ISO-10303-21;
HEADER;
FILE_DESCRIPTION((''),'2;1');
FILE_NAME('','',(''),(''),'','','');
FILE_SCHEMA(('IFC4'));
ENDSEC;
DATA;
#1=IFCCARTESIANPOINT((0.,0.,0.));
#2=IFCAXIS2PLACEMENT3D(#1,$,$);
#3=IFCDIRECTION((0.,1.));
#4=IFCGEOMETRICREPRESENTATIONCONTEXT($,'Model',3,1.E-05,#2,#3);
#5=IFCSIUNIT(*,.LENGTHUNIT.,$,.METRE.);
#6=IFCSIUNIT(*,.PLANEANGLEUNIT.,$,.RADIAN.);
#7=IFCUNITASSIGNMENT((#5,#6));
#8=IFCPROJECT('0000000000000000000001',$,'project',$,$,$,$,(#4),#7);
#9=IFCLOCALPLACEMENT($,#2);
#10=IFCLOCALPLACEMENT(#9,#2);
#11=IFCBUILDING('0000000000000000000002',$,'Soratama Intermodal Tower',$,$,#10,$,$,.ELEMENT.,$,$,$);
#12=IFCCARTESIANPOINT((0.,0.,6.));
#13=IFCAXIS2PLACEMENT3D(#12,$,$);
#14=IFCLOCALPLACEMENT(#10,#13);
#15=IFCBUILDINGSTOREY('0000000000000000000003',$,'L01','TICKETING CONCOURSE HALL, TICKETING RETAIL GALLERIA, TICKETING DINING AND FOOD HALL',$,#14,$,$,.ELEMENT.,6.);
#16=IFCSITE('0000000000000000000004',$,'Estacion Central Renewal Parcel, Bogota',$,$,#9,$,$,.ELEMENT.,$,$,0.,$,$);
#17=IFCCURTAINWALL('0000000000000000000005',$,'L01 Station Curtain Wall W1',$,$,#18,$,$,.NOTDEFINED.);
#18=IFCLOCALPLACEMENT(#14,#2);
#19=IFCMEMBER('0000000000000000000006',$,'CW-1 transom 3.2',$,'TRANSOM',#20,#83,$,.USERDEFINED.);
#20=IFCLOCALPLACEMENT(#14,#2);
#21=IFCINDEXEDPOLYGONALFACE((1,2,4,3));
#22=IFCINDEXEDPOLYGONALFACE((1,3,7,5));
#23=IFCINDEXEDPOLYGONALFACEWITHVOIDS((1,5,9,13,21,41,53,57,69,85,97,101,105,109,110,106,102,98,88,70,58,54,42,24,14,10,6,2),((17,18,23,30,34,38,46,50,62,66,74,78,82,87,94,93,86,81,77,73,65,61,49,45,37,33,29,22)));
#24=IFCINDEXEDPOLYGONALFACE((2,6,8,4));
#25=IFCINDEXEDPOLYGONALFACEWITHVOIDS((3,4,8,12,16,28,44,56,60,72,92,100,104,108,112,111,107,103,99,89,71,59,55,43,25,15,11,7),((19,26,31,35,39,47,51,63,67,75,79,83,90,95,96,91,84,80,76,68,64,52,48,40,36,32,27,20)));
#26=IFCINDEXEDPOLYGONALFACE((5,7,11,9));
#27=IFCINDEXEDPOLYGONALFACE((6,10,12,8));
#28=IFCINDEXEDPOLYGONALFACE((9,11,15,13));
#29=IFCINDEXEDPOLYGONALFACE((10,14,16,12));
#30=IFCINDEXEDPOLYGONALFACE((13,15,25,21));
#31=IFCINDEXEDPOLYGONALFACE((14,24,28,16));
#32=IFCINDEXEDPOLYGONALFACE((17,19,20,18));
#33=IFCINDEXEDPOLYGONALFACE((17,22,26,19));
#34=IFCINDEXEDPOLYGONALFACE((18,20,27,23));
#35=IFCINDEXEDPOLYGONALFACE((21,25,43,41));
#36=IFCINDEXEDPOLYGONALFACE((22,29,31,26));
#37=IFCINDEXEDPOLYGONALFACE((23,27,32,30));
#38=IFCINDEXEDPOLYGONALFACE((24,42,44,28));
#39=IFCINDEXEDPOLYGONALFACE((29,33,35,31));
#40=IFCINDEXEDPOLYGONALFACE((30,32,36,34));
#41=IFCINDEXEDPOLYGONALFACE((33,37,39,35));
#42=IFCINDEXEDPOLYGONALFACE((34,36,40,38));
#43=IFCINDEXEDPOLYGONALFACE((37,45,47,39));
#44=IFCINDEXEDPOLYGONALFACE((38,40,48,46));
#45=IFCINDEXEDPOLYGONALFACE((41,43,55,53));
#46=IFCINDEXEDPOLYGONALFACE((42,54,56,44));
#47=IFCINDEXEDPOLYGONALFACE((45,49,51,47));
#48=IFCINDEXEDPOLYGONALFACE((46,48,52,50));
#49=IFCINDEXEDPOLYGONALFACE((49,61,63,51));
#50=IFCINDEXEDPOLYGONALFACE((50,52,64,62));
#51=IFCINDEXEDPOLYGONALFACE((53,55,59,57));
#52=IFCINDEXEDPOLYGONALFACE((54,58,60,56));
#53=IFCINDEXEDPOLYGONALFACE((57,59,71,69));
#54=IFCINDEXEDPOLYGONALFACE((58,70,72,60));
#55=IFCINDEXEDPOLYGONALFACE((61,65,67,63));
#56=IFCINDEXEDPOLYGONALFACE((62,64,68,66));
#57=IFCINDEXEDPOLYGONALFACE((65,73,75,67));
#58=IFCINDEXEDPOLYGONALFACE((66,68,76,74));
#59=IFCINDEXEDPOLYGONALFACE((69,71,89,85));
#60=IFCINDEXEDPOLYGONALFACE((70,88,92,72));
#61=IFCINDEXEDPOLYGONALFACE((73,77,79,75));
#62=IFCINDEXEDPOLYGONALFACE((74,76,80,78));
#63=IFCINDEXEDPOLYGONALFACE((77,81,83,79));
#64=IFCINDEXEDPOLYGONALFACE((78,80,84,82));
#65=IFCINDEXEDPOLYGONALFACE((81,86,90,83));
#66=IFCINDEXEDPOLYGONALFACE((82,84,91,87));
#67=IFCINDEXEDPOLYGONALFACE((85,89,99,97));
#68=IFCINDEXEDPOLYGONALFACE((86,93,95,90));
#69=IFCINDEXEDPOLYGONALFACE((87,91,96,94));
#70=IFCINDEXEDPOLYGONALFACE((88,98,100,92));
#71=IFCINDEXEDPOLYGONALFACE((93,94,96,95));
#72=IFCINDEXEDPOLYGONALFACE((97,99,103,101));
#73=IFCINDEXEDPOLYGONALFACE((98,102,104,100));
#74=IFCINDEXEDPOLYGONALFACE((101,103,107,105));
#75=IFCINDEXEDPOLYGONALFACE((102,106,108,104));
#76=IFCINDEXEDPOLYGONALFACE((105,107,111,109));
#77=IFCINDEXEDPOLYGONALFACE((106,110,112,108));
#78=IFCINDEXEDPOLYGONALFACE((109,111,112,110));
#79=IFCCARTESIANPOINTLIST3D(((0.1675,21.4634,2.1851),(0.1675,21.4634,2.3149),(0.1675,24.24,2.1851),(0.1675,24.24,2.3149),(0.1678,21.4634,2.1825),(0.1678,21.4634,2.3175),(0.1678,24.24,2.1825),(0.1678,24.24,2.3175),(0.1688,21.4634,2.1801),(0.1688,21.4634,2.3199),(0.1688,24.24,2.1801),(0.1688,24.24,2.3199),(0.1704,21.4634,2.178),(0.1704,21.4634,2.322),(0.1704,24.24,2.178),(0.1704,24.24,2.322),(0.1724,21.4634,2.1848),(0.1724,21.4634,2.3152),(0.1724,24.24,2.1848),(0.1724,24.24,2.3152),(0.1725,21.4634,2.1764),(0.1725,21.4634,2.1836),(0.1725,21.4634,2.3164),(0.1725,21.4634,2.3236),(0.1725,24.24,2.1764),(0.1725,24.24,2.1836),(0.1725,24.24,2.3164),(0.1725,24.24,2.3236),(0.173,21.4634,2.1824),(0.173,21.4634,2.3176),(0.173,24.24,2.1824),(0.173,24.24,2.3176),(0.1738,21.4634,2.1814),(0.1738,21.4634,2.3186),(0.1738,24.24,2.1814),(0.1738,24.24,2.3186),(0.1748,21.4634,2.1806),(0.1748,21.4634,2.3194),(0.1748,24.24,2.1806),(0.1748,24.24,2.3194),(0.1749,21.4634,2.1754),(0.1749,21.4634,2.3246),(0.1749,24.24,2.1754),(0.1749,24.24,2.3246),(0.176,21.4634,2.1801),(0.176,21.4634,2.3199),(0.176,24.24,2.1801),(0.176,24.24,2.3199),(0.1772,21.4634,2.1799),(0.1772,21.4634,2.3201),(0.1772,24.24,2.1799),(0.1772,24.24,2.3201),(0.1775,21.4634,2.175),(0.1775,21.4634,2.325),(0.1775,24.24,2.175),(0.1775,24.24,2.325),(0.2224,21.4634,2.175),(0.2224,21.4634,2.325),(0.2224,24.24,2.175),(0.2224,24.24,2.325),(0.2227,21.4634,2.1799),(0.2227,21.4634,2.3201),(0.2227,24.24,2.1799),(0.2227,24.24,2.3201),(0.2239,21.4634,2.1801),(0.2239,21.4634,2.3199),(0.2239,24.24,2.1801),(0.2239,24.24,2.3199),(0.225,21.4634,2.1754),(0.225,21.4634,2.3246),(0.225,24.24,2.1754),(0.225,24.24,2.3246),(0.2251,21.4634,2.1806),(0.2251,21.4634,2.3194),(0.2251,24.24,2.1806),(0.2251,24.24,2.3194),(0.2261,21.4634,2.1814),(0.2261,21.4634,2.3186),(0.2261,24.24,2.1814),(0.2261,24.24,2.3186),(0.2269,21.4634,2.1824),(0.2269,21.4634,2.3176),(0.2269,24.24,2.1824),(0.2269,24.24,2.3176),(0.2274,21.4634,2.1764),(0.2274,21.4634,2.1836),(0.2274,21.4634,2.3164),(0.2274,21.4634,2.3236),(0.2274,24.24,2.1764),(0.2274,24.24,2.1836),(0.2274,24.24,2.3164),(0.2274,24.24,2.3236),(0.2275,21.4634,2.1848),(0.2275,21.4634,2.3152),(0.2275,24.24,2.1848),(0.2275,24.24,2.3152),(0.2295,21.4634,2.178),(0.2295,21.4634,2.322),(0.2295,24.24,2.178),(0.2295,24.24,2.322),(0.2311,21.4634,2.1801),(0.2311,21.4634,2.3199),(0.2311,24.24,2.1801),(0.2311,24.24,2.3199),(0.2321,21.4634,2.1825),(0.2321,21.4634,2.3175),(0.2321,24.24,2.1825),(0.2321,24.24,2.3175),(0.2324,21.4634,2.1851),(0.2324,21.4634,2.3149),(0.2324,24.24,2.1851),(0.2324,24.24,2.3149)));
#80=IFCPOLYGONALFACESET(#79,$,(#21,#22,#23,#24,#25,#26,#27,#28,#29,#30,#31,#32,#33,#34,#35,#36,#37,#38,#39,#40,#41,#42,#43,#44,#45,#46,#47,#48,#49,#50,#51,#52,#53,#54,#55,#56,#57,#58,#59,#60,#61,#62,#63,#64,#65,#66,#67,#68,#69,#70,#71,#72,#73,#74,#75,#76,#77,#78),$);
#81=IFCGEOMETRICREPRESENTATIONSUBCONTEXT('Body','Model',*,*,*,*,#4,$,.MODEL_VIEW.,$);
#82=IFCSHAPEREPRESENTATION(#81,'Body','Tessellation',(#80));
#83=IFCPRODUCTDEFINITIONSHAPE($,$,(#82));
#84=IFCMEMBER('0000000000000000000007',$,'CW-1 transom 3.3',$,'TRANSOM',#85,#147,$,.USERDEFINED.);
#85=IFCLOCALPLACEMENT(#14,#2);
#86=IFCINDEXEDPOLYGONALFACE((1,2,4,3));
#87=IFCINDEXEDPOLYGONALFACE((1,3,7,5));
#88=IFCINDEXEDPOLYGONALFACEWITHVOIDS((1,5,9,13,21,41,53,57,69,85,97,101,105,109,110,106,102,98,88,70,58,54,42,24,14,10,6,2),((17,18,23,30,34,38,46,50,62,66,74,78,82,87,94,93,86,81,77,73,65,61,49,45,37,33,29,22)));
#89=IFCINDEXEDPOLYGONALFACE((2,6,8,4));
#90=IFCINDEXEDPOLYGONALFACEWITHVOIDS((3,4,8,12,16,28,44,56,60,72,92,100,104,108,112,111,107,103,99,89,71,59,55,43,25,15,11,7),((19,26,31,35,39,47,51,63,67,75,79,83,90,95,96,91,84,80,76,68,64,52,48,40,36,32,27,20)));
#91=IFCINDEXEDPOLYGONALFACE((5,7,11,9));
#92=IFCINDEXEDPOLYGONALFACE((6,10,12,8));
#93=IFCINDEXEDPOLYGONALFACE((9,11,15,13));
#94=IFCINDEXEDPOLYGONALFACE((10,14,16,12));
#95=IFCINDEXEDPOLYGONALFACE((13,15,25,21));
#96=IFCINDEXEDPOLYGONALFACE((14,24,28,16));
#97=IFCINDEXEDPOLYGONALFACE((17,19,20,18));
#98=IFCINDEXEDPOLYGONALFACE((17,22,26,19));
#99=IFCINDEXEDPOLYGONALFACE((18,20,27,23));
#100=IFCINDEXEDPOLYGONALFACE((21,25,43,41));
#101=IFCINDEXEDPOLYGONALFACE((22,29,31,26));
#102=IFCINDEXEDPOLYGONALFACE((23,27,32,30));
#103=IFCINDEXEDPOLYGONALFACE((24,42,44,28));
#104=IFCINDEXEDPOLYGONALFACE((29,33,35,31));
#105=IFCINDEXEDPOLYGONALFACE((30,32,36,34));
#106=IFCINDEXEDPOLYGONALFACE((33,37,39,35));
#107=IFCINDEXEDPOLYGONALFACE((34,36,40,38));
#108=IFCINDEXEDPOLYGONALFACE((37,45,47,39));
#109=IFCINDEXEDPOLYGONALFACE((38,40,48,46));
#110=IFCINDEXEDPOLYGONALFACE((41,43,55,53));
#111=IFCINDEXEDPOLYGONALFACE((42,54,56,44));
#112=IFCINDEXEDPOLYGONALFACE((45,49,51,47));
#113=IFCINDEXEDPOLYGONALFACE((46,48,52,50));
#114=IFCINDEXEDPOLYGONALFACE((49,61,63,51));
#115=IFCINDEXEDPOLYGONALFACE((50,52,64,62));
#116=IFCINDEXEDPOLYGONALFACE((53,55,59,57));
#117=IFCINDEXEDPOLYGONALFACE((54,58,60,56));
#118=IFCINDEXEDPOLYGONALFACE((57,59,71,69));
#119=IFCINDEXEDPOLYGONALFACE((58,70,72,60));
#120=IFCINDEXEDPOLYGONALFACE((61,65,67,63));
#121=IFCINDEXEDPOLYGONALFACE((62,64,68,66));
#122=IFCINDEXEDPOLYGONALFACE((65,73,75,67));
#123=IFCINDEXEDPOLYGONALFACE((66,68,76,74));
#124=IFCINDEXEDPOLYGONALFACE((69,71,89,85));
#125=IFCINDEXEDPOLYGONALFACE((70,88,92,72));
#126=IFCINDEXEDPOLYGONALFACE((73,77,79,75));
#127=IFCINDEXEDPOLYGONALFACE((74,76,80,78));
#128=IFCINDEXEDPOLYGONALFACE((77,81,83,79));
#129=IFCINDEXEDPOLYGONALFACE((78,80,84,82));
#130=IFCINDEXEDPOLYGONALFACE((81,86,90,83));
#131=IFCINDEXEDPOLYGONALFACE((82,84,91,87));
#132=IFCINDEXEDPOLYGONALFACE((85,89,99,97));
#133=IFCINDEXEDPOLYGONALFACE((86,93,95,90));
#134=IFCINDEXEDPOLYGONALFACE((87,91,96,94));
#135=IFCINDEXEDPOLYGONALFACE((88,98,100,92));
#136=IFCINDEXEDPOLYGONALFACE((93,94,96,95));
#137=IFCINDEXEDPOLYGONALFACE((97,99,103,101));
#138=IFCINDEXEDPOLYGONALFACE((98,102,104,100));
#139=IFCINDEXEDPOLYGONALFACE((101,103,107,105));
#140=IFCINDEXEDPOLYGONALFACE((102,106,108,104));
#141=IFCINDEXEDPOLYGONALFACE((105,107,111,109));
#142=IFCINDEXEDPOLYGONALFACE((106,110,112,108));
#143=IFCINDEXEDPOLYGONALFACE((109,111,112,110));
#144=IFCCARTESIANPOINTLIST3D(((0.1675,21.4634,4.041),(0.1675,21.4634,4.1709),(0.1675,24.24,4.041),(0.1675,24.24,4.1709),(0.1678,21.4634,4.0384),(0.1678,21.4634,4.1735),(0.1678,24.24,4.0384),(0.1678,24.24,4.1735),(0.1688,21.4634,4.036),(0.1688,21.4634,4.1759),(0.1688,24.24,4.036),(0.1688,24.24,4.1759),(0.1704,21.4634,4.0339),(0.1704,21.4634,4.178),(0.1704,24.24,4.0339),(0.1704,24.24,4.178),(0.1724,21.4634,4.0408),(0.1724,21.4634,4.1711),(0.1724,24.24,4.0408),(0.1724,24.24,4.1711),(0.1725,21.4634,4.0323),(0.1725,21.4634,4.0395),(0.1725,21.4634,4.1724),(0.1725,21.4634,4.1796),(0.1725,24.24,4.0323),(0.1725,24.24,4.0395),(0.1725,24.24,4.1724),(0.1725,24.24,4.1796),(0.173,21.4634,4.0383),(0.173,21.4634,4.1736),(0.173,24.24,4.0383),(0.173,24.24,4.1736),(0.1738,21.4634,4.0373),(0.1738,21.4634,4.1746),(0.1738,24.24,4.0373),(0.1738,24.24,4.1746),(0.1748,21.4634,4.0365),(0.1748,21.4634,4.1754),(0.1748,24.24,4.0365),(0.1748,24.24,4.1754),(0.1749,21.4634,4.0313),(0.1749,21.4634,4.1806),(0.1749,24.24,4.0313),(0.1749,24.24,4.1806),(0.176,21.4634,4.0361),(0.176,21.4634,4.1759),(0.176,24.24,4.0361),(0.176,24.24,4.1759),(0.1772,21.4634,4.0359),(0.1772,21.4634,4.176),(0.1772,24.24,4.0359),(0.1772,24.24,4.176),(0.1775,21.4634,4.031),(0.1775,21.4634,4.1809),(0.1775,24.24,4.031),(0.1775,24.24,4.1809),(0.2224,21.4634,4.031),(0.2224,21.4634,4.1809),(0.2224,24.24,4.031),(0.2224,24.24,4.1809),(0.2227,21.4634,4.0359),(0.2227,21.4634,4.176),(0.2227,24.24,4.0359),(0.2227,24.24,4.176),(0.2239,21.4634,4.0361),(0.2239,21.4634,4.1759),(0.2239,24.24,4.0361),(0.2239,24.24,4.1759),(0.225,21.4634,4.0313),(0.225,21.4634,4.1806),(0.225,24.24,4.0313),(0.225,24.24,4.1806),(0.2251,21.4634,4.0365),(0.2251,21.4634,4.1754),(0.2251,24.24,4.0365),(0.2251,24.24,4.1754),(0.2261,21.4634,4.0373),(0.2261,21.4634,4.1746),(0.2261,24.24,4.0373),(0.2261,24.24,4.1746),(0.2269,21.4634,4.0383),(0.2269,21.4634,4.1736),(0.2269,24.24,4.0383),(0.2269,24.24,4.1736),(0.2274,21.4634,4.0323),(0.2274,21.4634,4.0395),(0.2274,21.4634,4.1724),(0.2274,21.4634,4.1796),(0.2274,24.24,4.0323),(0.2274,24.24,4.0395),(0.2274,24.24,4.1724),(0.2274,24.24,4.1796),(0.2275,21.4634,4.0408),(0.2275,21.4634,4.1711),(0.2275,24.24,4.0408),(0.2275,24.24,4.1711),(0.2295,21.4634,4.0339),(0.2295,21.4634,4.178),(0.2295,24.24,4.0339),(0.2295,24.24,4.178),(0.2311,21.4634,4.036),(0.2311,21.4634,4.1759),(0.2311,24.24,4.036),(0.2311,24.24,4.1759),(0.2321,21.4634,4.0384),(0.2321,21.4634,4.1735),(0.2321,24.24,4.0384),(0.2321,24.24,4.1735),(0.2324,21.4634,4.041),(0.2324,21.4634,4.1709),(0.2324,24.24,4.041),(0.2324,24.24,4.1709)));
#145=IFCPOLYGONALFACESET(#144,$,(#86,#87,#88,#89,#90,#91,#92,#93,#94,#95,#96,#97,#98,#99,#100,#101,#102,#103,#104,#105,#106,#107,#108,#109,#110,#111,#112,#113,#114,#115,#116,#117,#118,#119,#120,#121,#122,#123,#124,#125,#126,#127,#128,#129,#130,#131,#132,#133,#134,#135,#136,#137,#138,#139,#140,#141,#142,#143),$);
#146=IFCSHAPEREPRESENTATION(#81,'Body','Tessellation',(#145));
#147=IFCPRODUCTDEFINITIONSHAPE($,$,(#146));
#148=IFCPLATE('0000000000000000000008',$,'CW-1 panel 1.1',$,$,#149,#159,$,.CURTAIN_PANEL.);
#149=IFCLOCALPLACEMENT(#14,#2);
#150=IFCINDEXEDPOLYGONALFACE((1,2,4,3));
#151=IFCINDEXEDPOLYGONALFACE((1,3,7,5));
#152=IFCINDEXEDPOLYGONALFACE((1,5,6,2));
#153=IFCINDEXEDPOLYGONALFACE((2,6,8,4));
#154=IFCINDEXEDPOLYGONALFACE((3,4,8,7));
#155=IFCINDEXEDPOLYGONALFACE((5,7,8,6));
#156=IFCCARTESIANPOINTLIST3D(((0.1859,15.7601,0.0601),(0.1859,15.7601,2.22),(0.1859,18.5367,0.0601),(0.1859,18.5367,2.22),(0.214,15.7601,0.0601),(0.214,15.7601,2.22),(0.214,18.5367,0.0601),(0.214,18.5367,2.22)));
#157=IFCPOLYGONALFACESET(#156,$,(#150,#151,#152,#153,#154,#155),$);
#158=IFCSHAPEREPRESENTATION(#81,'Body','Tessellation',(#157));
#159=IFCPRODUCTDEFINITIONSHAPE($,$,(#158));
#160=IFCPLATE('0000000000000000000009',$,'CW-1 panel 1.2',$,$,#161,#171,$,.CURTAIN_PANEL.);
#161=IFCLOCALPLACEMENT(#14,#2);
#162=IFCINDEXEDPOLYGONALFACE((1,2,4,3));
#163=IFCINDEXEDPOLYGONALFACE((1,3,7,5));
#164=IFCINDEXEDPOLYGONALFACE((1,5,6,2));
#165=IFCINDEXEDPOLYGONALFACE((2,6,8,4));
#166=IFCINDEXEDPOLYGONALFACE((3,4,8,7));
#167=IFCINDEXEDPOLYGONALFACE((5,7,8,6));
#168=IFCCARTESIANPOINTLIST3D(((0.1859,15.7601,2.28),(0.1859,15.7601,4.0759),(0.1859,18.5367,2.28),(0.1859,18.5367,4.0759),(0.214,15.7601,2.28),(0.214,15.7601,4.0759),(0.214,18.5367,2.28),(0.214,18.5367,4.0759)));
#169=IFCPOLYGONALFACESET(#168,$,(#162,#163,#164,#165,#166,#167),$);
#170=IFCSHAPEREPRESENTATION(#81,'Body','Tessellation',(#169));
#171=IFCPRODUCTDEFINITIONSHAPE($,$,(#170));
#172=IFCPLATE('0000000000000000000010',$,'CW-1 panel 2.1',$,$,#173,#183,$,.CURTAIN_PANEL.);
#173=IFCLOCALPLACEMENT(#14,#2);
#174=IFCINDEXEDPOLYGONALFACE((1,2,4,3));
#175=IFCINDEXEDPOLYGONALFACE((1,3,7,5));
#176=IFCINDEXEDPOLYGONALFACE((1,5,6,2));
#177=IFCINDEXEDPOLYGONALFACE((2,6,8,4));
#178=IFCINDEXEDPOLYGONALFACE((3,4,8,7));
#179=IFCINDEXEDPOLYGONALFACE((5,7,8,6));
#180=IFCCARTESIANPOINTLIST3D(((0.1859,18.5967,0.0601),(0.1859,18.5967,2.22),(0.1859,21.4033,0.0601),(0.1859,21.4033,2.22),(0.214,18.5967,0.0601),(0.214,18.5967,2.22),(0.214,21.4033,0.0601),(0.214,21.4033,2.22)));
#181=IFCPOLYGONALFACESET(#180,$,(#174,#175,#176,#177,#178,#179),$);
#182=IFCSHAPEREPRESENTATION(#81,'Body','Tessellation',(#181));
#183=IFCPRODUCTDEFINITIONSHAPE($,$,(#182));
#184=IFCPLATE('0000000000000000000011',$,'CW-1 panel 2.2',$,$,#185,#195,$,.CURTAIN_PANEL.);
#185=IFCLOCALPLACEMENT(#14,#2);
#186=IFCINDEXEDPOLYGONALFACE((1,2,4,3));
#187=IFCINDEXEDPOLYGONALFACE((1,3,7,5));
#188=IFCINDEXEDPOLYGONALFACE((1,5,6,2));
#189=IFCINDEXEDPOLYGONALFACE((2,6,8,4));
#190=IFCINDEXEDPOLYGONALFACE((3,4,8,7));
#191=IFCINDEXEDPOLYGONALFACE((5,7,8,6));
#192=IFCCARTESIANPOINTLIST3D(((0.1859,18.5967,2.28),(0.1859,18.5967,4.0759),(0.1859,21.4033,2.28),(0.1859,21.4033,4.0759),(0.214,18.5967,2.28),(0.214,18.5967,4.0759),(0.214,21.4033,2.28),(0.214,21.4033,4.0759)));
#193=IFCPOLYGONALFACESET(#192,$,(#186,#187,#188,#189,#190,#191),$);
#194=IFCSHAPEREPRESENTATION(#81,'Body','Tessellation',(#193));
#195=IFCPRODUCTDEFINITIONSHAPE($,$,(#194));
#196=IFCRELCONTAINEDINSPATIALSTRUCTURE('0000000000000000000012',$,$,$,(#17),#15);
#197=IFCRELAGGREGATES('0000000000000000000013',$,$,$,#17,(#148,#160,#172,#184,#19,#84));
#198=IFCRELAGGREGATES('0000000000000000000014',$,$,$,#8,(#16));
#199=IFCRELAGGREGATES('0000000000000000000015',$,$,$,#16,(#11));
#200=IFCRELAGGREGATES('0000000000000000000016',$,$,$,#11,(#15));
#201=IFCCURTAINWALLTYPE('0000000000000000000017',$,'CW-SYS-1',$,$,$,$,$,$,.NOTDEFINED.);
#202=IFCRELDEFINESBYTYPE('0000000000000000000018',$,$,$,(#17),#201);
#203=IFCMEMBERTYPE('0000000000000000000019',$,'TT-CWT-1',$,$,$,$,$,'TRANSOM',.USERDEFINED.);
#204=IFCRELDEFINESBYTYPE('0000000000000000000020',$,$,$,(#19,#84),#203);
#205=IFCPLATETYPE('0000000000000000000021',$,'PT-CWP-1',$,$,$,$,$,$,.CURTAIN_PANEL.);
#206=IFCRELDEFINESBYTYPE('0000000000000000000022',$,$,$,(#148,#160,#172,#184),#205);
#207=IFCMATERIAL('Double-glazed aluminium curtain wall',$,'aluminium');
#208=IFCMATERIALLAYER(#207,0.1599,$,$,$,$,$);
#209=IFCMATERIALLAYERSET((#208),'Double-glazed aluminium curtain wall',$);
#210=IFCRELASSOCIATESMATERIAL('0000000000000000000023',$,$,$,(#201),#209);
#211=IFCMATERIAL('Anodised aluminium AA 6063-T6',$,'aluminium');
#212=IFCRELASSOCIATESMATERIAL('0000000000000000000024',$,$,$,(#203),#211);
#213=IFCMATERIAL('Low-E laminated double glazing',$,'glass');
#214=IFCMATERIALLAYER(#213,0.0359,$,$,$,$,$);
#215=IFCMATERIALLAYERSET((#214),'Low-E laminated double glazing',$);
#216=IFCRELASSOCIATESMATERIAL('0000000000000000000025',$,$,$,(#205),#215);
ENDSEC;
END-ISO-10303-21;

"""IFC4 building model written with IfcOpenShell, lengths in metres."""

from ifc_helpers import new_model, si_unit, direction, frame, origin, origin_2d, place, context, subcontext, project, spatial, rectangle, hollow_rectangle, extrude, material, layer, layer_set, material_profile, profile_set, type_object, element, aggregate, save


model = new_model("IFC4")

# Units and contexts
model_context = context("Model", 3, precision=1e-05, world=origin(), true_north=direction((0.0, 1.0)))
body_context = subcontext(model_context, "Body", "Model", "MODEL_VIEW")
ifc_project = project(units=[si_unit("LENGTHUNIT", "METRE"), si_unit("PLANEANGLEUNIT", "RADIAN")], contexts=[model_context])

# Site, building, storey
site_placement = place(None, origin())
site = spatial("IfcSite", under=ifc_project, at=site_placement, Name="Estacion Central Renewal Parcel, Bogota", CompositionType="ELEMENT", RefElevation=0.0)
building_placement = place(site_placement, origin())
building = spatial("IfcBuilding", under=site, at=building_placement, Name="Soratama Intermodal Tower", CompositionType="ELEMENT")
storey_placement = place(building_placement, frame((0.0, 0.0, 6.0)))
storey = spatial("IfcBuildingStorey", under=building, at=storey_placement, Name="L01", Description="TICKETING CONCOURSE HALL, TICKETING RETAIL GALLERIA, TICKETING DINING AND FOOD HALL", CompositionType="ELEMENT", Elevation=6.0)

# Curtain wall, members, plates
ifc_material_1 = material(Name="Double-glazed aluminium curtain wall", Category="aluminium")
ifc_layer_1 = layer(ifc_material_1, 0.1599)
ifc_layer_set_1 = layer_set([ifc_layer_1], Name="Double-glazed aluminium curtain wall")
curtain_wall_type = type_object("IfcCurtainWallType", Name="CW-SYS-1", PredefinedType="NOTDEFINED", material=ifc_layer_set_1)
curtain_wall_placement = place(storey_placement, origin())
curtain_wall = element("IfcCurtainWall", 1, at=curtain_wall_placement, inside=storey, type_object=curtain_wall_type, Name="L01 Station Curtain Wall W1", PredefinedType="NOTDEFINED")
ifc_material_2 = material(Name="Anodised aluminium AA 6063-T6", Category="aluminium")
ifc_material_profile_1 = material_profile(ifc_material_2, hollow_rectangle(XDim=0.0649, YDim=0.1499, WallThickness=0.0049, InnerFilletRadius=0.0049, OuterFilletRadius=0.01, at=origin_2d()), Name="CWT150X65X5")
ifc_profile_set_1 = profile_set([ifc_material_profile_1], Name="Anodised aluminium AA 6063-T6")
member_type_1 = type_object("IfcMemberType", Name="TT-CWT-1", ElementType="TRANSOM", PredefinedType="USERDEFINED", material=ifc_profile_set_1)
member_1_placement = place(storey_placement, frame((0.2, 21.4634, 2.25), z_axis=(0.0, 1.0, 0.0), x_axis=(-1.0, 0.0, 0.0)))
member_1 = element("IfcMember", 2, at=member_1_placement, type_object=member_type_1, Name="CW-1 transom 3.2", ObjectType="TRANSOM", PredefinedType="USERDEFINED", context=body_context, shape_type="SweptSolid", body=[
    extrude(hollow_rectangle(XDim=0.0649, YDim=0.1499, WallThickness=0.0049, InnerFilletRadius=0.0049, OuterFilletRadius=0.01, at=origin_2d()), origin(), (0.0, 0.0, 1.0), 2.7766),
])
member_2_placement = place(storey_placement, frame((0.2, 21.4634, 4.106), z_axis=(0.0, 1.0, 0.0), x_axis=(-1.0, 0.0, 0.0)))
member_2 = element("IfcMember", 3, at=member_2_placement, type_object=member_type_1, Name="CW-1 transom 3.3", ObjectType="TRANSOM", PredefinedType="USERDEFINED", context=body_context, shape_type="SweptSolid", body=[
    extrude(hollow_rectangle(XDim=0.0649, YDim=0.1499, WallThickness=0.0049, InnerFilletRadius=0.0049, OuterFilletRadius=0.01, at=origin_2d()), origin(), (0.0, 0.0, 1.0), 2.7766),
])
ifc_material_3 = material(Name="Low-E laminated double glazing", Category="glass")
ifc_layer_2 = layer(ifc_material_3, 0.0359)
ifc_layer_set_2 = layer_set([ifc_layer_2], Name="Low-E laminated double glazing")
plate_type = type_object("IfcPlateType", Name="PT-CWP-1", PredefinedType="CURTAIN_PANEL", material=ifc_layer_set_2)
plate_1_placement = place(storey_placement, frame((0.2, 17.1484, 0.0601), z_axis=(0.0, 0.0, 1.0), x_axis=(0.0, 1.0, 0.0)))
plate_1 = element("IfcPlate", 4, at=plate_1_placement, type_object=plate_type, Name="CW-1 panel 1.1", PredefinedType="CURTAIN_PANEL", context=body_context, shape_type="SweptSolid", body=[
    extrude(rectangle(XDim=2.7766, YDim=0.0281, at=origin_2d()), origin(), (0.0, 0.0, 1.0), 2.1599),
])
plate_2_placement = place(storey_placement, frame((0.2, 17.1484, 2.28), z_axis=(0.0, 0.0, 1.0), x_axis=(0.0, 1.0, 0.0)))
plate_2 = element("IfcPlate", 5, at=plate_2_placement, type_object=plate_type, Name="CW-1 panel 1.2", PredefinedType="CURTAIN_PANEL", context=body_context, shape_type="SweptSolid", body=[
    extrude(rectangle(XDim=2.7766, YDim=0.0281, at=origin_2d()), origin(), (0.0, 0.0, 1.0), 1.7959),
])
plate_3_placement = place(storey_placement, frame((0.2, 20.0, 0.0601), z_axis=(0.0, 0.0, 1.0), x_axis=(0.0, 1.0, 0.0)))
plate_3 = element("IfcPlate", 6, at=plate_3_placement, type_object=plate_type, Name="CW-1 panel 2.1", PredefinedType="CURTAIN_PANEL", context=body_context, shape_type="SweptSolid", body=[
    extrude(rectangle(XDim=2.8066, YDim=0.0281, at=origin_2d()), origin(), (0.0, 0.0, 1.0), 2.1599),
])
plate_4_placement = place(storey_placement, frame((0.2, 20.0, 2.28), z_axis=(0.0, 0.0, 1.0), x_axis=(0.0, 1.0, 0.0)))
plate_4 = element("IfcPlate", 7, at=plate_4_placement, type_object=plate_type, Name="CW-1 panel 2.2", PredefinedType="CURTAIN_PANEL", context=body_context, shape_type="SweptSolid", body=[
    extrude(rectangle(XDim=2.8066, YDim=0.0281, at=origin_2d()), origin(), (0.0, 0.0, 1.0), 1.7959),
])
aggregate(curtain_wall, [plate_1, plate_2, plate_3, plate_4, member_1, member_2])

save(model, "model.ifc")
